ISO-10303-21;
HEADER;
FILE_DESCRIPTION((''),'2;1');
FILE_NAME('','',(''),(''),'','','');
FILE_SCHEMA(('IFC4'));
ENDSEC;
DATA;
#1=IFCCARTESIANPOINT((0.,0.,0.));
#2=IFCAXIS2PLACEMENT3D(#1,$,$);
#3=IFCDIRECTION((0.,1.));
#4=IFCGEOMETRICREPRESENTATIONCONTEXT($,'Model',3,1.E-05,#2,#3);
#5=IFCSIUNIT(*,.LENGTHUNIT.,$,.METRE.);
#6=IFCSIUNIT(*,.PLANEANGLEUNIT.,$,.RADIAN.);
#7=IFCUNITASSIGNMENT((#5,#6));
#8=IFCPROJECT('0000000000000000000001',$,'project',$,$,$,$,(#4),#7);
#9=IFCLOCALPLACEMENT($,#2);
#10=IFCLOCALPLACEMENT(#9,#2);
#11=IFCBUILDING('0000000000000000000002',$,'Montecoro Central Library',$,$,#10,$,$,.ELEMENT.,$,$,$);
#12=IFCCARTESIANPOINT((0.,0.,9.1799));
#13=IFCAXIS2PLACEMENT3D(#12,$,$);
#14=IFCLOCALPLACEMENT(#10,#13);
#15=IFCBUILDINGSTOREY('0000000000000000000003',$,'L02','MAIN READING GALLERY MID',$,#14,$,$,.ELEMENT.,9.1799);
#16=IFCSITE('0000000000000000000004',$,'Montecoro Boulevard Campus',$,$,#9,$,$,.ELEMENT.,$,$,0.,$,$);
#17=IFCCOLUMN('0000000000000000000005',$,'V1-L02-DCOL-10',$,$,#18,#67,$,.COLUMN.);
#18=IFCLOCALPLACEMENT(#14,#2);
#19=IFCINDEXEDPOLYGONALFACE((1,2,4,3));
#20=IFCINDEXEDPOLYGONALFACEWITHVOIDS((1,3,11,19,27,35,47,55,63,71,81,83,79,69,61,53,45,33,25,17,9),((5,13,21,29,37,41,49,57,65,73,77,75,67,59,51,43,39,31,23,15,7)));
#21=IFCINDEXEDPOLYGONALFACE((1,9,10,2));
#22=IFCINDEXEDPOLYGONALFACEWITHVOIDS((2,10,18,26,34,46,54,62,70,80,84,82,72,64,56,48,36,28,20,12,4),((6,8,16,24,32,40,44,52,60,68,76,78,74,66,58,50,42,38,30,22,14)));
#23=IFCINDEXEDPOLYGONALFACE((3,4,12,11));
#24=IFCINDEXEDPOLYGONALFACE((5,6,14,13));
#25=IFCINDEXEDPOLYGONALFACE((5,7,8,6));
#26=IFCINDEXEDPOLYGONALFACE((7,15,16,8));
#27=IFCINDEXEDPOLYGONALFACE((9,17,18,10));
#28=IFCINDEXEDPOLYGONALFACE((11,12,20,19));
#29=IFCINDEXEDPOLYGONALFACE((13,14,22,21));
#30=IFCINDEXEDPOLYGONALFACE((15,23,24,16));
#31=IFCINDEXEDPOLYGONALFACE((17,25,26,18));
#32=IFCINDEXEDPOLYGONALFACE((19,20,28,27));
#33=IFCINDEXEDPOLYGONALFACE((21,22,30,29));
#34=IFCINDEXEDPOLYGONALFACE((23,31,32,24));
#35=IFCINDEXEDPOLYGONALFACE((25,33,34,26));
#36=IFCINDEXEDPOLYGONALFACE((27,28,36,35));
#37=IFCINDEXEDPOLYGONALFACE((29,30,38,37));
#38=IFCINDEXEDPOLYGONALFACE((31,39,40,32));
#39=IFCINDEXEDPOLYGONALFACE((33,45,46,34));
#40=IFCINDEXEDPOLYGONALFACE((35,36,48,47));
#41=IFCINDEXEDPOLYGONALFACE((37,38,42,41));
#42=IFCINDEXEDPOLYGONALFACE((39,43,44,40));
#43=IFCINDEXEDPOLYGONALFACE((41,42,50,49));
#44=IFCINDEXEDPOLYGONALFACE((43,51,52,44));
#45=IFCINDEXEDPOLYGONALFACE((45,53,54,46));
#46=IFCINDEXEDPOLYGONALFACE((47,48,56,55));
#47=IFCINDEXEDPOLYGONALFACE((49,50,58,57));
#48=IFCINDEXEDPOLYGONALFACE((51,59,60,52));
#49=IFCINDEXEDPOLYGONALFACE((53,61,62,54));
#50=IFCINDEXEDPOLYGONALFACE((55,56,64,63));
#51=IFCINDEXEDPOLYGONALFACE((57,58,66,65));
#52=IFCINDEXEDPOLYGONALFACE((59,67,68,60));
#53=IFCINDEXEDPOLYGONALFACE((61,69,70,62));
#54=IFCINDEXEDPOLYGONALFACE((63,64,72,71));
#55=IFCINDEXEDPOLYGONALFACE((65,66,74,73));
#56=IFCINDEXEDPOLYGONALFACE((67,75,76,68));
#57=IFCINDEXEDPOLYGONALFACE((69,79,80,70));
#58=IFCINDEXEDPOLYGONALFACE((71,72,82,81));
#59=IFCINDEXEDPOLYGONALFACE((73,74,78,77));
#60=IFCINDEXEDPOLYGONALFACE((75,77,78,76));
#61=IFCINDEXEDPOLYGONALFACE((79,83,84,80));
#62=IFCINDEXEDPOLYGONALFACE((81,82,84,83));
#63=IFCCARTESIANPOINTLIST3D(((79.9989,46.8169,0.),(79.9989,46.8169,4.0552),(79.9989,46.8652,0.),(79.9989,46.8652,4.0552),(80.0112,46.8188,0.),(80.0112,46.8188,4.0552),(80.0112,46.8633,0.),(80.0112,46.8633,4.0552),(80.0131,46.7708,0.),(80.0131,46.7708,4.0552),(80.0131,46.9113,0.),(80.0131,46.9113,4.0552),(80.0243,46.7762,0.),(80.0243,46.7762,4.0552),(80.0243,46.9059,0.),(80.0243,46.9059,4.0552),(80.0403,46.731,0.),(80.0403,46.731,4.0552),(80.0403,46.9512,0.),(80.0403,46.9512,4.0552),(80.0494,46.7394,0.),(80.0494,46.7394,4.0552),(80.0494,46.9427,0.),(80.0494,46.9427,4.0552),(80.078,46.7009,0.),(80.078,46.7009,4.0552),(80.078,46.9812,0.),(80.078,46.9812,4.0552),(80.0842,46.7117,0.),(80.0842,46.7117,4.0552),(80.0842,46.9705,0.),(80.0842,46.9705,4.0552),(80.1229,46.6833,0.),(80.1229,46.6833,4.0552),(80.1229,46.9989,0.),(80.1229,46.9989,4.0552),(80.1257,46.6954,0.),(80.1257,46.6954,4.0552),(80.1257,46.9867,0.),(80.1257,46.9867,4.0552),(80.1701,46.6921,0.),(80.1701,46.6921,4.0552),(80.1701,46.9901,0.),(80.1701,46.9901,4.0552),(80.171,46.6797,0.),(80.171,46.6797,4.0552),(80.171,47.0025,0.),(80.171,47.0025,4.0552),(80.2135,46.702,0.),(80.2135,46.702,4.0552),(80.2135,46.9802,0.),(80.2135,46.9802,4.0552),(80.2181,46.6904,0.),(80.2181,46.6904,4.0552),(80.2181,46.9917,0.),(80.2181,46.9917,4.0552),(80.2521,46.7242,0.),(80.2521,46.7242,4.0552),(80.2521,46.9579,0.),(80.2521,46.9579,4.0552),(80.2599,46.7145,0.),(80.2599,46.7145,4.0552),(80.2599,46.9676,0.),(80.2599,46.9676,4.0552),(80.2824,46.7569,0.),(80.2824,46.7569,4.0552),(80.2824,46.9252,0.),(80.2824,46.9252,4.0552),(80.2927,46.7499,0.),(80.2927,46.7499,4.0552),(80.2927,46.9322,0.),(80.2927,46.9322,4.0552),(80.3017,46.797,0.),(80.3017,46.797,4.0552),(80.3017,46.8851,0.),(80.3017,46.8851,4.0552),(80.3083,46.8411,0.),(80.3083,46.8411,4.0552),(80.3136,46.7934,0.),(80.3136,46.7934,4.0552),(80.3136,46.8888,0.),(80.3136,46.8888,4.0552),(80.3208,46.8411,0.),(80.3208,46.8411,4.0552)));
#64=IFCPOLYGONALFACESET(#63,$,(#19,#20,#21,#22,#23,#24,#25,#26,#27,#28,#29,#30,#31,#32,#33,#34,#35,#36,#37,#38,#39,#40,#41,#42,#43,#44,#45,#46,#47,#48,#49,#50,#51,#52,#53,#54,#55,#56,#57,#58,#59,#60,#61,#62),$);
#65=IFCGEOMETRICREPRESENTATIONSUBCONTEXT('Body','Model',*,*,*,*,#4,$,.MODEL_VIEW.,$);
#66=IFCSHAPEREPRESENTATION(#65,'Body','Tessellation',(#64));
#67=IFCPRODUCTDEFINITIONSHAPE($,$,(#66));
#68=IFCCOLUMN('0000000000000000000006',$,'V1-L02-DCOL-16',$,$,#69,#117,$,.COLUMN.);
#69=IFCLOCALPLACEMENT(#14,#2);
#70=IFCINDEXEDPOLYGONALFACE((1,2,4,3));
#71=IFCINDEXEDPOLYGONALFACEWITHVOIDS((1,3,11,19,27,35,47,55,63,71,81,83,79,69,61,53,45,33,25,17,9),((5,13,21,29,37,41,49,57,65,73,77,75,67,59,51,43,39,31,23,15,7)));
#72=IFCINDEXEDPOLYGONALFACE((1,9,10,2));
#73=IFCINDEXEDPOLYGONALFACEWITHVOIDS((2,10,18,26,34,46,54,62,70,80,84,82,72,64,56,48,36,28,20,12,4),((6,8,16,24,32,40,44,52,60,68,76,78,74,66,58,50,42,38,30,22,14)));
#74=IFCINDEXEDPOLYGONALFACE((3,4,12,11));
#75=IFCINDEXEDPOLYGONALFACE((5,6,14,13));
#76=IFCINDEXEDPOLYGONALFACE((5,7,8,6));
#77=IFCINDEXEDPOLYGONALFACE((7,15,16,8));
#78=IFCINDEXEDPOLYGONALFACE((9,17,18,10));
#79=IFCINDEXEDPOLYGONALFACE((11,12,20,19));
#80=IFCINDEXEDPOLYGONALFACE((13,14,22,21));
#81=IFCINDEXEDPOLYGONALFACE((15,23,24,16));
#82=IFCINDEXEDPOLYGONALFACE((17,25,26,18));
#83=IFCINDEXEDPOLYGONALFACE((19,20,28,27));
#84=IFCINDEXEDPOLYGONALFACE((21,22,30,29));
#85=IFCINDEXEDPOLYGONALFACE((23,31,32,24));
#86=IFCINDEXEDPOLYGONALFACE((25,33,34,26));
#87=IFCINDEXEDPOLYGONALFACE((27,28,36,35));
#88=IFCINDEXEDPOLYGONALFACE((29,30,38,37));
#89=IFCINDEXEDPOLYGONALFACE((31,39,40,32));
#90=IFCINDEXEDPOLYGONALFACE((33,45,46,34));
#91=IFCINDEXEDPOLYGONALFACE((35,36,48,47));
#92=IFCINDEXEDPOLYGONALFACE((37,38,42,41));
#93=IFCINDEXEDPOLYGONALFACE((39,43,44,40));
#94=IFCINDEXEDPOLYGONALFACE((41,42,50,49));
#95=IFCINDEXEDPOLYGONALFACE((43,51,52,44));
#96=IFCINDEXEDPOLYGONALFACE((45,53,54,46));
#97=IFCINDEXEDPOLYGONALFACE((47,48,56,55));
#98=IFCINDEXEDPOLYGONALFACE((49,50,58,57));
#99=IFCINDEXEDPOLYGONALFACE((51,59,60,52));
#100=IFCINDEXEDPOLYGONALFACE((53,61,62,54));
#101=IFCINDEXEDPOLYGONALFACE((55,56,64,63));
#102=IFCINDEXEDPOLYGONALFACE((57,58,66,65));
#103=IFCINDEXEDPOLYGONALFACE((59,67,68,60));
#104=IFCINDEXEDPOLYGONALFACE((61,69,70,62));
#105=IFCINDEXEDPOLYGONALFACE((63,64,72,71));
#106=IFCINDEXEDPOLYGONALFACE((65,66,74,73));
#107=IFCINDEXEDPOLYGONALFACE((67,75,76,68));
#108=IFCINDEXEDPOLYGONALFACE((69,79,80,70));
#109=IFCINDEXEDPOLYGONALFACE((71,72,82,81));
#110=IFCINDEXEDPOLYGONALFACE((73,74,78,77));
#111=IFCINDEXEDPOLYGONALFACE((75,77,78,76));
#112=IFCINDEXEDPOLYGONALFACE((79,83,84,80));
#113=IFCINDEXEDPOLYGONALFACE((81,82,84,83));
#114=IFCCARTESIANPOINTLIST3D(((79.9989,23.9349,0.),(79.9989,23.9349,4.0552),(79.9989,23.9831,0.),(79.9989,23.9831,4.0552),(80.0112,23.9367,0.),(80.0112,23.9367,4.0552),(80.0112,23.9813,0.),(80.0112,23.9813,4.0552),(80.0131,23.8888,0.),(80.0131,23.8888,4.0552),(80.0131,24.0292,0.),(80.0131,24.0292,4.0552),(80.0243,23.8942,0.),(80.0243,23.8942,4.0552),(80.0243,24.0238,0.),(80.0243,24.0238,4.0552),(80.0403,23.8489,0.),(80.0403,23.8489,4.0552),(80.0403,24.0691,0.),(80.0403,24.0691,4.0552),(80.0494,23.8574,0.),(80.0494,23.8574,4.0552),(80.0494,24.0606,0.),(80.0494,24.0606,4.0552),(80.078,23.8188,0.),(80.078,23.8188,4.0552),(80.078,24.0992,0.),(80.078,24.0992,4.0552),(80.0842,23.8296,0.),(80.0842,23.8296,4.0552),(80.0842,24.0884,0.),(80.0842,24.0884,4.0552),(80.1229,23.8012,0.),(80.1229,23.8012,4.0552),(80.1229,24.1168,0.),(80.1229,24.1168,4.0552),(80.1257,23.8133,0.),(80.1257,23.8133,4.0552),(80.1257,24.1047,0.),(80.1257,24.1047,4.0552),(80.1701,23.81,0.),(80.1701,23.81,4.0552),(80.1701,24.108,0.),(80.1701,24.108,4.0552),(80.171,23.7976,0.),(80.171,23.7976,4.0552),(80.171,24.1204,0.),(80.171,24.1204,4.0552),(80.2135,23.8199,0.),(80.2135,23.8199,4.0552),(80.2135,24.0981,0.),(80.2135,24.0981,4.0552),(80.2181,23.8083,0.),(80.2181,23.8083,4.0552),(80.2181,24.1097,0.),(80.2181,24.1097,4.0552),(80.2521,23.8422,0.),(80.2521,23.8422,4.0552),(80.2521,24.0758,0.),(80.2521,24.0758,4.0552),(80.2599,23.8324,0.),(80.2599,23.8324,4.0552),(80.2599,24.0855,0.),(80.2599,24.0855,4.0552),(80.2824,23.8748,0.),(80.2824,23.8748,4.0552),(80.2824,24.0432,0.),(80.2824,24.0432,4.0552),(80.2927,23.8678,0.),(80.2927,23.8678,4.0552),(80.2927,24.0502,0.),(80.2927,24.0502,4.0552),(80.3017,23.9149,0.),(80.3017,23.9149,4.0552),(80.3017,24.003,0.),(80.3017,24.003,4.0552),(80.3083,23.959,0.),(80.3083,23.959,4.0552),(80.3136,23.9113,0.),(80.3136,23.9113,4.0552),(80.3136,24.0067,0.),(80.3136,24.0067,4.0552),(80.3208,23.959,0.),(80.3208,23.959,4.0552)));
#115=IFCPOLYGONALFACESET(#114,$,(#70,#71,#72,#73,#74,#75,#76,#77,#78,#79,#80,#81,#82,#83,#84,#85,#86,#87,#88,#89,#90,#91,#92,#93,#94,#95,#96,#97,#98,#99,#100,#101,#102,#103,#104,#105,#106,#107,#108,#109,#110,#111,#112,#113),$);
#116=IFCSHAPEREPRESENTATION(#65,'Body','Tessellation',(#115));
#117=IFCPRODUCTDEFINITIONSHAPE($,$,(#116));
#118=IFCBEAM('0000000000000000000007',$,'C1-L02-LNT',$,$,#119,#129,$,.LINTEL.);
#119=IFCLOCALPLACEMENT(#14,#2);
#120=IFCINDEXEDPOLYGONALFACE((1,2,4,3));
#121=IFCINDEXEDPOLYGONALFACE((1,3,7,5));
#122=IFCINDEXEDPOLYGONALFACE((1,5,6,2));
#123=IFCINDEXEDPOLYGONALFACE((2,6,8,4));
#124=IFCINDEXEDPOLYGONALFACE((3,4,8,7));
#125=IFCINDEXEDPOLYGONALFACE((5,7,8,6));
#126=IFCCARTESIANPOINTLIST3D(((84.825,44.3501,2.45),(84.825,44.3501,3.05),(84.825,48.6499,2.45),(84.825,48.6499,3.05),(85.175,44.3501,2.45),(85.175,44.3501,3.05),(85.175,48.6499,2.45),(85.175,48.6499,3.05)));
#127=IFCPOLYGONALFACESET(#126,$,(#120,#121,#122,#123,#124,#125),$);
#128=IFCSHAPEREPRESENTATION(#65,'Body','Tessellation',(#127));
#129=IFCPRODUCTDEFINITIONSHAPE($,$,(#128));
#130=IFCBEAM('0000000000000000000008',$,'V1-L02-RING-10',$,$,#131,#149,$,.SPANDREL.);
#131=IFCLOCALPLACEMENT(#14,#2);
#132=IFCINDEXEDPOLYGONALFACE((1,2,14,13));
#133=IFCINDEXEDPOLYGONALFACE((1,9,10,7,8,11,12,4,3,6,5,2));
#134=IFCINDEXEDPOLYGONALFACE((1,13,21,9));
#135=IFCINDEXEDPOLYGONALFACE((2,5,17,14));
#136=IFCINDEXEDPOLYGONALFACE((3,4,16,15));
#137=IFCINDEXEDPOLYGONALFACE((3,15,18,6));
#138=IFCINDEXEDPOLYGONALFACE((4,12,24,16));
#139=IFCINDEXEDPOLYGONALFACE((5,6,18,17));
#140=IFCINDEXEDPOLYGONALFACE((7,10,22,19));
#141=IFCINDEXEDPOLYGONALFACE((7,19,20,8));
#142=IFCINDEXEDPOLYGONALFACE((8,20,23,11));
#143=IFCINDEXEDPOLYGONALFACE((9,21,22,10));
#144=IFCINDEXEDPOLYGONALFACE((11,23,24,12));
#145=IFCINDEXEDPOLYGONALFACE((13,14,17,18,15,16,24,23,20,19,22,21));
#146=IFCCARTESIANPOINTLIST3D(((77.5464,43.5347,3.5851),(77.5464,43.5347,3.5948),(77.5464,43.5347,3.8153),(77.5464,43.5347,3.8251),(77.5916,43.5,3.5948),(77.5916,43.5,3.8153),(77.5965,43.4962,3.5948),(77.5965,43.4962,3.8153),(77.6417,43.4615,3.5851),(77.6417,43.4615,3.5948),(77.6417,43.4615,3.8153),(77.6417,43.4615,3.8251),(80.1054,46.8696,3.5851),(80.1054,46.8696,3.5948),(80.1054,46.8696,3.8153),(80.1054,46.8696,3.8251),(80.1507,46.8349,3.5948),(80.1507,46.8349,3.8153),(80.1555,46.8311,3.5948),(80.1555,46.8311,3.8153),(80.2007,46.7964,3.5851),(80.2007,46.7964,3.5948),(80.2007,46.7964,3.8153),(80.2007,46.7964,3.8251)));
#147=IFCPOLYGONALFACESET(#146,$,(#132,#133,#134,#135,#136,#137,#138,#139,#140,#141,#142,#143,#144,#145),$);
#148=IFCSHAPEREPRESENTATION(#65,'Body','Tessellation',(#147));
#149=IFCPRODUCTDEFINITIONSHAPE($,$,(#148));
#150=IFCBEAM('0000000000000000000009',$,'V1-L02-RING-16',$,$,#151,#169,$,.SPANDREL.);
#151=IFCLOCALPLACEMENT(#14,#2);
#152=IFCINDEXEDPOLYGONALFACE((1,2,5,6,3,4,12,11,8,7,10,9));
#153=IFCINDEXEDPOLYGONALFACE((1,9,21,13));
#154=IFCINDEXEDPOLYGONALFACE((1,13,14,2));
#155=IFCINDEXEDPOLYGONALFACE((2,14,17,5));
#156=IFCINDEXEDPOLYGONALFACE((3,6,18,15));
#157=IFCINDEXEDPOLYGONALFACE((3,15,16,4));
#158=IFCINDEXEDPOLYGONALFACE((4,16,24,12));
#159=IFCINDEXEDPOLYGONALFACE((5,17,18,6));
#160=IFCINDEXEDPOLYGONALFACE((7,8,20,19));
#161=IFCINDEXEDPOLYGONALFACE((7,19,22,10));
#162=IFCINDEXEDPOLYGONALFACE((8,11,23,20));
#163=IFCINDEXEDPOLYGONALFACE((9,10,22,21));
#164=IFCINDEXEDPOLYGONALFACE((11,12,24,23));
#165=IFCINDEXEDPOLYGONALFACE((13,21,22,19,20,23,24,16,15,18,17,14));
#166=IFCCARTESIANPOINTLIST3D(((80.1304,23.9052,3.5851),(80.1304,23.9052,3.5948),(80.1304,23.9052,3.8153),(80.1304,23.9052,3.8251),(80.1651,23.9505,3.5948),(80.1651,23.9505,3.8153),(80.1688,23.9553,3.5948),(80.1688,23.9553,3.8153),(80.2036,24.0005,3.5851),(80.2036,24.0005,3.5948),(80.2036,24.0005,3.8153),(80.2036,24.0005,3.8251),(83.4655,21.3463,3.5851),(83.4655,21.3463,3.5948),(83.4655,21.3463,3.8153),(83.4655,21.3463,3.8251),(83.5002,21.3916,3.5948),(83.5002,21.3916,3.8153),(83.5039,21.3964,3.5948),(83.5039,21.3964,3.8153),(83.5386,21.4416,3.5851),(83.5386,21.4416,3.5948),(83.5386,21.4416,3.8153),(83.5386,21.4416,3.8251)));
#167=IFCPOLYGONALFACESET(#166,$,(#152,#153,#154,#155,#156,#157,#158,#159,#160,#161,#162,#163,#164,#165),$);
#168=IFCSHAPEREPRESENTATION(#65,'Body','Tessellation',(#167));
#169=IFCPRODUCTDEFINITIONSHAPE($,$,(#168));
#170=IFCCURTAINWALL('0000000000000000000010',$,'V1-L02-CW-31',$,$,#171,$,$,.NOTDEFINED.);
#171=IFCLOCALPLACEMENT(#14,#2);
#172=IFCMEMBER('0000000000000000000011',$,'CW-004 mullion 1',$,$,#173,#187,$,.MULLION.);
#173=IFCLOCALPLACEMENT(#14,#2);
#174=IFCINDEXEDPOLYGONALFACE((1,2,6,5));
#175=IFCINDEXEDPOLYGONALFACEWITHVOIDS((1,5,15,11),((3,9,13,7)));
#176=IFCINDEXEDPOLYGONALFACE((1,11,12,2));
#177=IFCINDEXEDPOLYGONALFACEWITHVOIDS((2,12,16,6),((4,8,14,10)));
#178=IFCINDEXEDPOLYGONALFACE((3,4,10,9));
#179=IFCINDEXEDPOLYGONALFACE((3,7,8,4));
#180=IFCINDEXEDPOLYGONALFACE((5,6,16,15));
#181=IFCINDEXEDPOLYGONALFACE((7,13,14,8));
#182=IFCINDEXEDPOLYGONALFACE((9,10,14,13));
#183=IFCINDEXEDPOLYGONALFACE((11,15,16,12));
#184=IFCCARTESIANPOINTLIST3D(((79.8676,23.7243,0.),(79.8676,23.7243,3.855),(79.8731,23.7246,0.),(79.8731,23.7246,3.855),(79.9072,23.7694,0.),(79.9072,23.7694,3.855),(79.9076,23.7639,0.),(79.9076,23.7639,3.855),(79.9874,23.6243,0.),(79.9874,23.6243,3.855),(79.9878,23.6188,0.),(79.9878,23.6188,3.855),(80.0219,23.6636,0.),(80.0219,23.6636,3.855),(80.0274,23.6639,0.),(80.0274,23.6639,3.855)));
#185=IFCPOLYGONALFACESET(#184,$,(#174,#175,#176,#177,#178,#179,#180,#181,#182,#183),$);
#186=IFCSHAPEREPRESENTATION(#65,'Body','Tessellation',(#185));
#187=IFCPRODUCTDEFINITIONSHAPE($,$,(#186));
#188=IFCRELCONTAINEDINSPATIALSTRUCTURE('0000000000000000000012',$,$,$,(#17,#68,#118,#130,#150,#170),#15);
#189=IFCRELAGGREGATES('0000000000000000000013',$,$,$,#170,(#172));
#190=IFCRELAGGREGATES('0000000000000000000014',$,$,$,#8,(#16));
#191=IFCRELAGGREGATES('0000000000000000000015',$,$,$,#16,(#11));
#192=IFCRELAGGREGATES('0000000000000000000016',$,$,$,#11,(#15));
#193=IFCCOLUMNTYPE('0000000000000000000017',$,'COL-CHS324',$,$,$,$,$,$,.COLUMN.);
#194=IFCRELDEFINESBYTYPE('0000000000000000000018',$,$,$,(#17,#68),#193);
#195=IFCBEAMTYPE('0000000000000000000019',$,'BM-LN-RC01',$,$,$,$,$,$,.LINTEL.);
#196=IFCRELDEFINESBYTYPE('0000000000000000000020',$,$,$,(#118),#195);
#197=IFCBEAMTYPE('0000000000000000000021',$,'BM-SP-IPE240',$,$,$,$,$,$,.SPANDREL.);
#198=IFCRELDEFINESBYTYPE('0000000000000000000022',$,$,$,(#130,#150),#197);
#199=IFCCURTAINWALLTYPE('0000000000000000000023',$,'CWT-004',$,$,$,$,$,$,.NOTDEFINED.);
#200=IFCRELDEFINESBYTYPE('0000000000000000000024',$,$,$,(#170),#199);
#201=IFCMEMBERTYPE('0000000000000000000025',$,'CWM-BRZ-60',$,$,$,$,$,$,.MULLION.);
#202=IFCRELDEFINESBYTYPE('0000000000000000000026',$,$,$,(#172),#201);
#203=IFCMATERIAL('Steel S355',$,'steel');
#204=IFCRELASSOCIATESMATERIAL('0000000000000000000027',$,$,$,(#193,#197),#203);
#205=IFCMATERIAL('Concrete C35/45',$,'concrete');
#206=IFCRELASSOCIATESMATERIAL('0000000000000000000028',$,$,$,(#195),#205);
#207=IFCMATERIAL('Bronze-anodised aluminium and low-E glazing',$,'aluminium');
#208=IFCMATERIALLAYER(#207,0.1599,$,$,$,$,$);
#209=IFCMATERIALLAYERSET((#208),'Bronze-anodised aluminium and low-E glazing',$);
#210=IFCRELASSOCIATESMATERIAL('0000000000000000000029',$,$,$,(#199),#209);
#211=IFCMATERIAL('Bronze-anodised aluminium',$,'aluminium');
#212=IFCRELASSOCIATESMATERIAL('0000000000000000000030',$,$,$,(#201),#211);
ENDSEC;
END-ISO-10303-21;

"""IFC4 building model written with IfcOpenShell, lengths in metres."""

from ifc_helpers import new_model, si_unit, direction, frame, origin, origin_2d, place, context, subcontext, project, spatial, rectangle, hollow_rectangle, hollow_circle, i_section, extrude, material, layer, layer_set, material_profile, profile_set, type_object, element, aggregate, save


model = new_model("IFC4")

# Units and contexts
model_context = context("Model", 3, precision=1e-05, world=origin(), true_north=direction((0.0, 1.0)))
body_context = subcontext(model_context, "Body", "Model", "MODEL_VIEW")
ifc_project = project(units=[si_unit("LENGTHUNIT", "METRE"), si_unit("PLANEANGLEUNIT", "RADIAN")], contexts=[model_context])

# Site, building, storey
site_placement = place(None, origin())
site = spatial("IfcSite", under=ifc_project, at=site_placement, Name="Montecoro Boulevard Campus", CompositionType="ELEMENT", RefElevation=0.0)
building_placement = place(site_placement, origin())
building = spatial("IfcBuilding", under=site, at=building_placement, Name="Montecoro Central Library", CompositionType="ELEMENT")
storey_placement = place(building_placement, frame((0.0, 0.0, 9.1799)))
storey = spatial("IfcBuildingStorey", under=building, at=storey_placement, Name="L02", Description="MAIN READING GALLERY MID", CompositionType="ELEMENT", Elevation=9.1799)

# Columns
ifc_material_1 = material(Name="Steel S355", Category="steel")
ifc_material_profile_1 = material_profile(ifc_material_1, hollow_circle(Radius=0.1619, WallThickness=0.0125, at=origin_2d()), Name="CHS 323.9x12.5")
ifc_profile_set_1 = profile_set([ifc_material_profile_1], Name="Steel S355")
column_type = type_object("IfcColumnType", Name="COL-CHS324", PredefinedType="COLUMN", material=ifc_profile_set_1)
for number, where, z_axis, x_axis, name in (
    (1, (80.1589, 46.8411, 0.0), (0.0, 0.0, 1.0), (1.0, 0.0, 0.0), "V1-L02-DCOL-10"),
    (2, (80.1589, 23.959, 0.0), (0.0, 0.0, 1.0), (1.0, 0.0, 0.0), "V1-L02-DCOL-16"),
):
    element("IfcColumn", number, at=place(storey_placement, frame(where, z_axis=z_axis, x_axis=x_axis)), inside=storey, type_object=column_type, Name=name, PredefinedType="COLUMN", context=body_context, shape_type="SweptSolid", body=[
        extrude(hollow_circle(Radius=0.1619, WallThickness=0.0125, at=origin_2d()), origin(), (0.0, 0.0, 1.0), 4.0552),
    ])

# Beams
ifc_material_2 = material(Name="Concrete C35/45", Category="concrete")
ifc_material_profile_2 = material_profile(ifc_material_2, rectangle(XDim=0.3501, YDim=0.6001, at=origin_2d()), Name="RC LNT 600x350")
ifc_profile_set_2 = profile_set([ifc_material_profile_2], Name="Concrete C35/45")
beam_type_1 = type_object("IfcBeamType", Name="BM-LN-RC01", PredefinedType="LINTEL", material=ifc_profile_set_2)
beam_placement = place(storey_placement, frame((85.0, 44.3501, 2.75), z_axis=(0.0, 1.0, 0.0), x_axis=(-1.0, 0.0, 0.0)))
element("IfcBeam", 3, at=beam_placement, inside=storey, type_object=beam_type_1, Name="C1-L02-LNT", PredefinedType="LINTEL", context=body_context, shape_type="SweptSolid", body=[
    extrude(rectangle(XDim=0.3501, YDim=0.6001, at=origin_2d()), origin(), (0.0, 0.0, 1.0), 4.2998),
])
ifc_material_profile_3 = material_profile(ifc_material_1, i_section(OverallWidth=0.1201, OverallDepth=0.24, WebThickness=0.0061, FlangeThickness=0.0098, at=origin_2d()), Name="IPE 240")
ifc_profile_set_3 = profile_set([ifc_material_profile_3], Name="Steel S355")
beam_type_2 = type_object("IfcBeamType", Name="BM-SP-IPE240", PredefinedType="SPANDREL", material=ifc_profile_set_3)
for number, where, z_axis, x_axis, name in (
    (4, (80.1531, 46.833, 3.7051), (-0.608773, -0.793345, 0.0), (0.793345, -0.608773, 0.0), "V1-L02-RING-10"),
    (5, (80.167, 23.9529, 3.7051), (0.793373, -0.608736, 0.0), (0.608736, 0.793373, 0.0), "V1-L02-RING-16"),
):
    element("IfcBeam", number, at=place(storey_placement, frame(where, z_axis=z_axis, x_axis=x_axis)), inside=storey, type_object=beam_type_2, Name=name, PredefinedType="SPANDREL", context=body_context, shape_type="SweptSolid", body=[
        extrude(i_section(OverallWidth=0.1201, OverallDepth=0.24, WebThickness=0.0061, FlangeThickness=0.0098, at=origin_2d()), origin(), (0.0, 0.0, 1.0), 4.2036),
    ])

# Curtain wall, member
ifc_material_3 = material(Name="Bronze-anodised aluminium and low-E glazing", Category="aluminium")
ifc_layer_1 = layer(ifc_material_3, 0.1599)
ifc_layer_set_1 = layer_set([ifc_layer_1], Name="Bronze-anodised aluminium and low-E glazing")
curtain_wall_type = type_object("IfcCurtainWallType", Name="CWT-004", PredefinedType="NOTDEFINED", material=ifc_layer_set_1)
curtain_wall_1_placement = place(storey_placement, origin())
curtain_wall_1 = element("IfcCurtainWall", 6, at=curtain_wall_1_placement, inside=storey, type_object=curtain_wall_type, Name="V1-L02-CW-31", PredefinedType="NOTDEFINED")
ifc_material_4 = material(Name="Bronze-anodised aluminium", Category="aluminium")
ifc_material_profile_4 = material_profile(ifc_material_4, hollow_rectangle(XDim=0.0601, YDim=0.1599, WallThickness=0.0039, at=origin_2d()), Name="CWM 160x60x4.0")
ifc_profile_set_4 = profile_set([ifc_material_profile_4], Name="Bronze-anodised aluminium")
member_type_1 = type_object("IfcMemberType", Name="CWM-BRZ-60", PredefinedType="MULLION", material=ifc_profile_set_4)
member_1_placement = place(storey_placement, frame((79.9475, 23.6941, 0.0), z_axis=(0.0, 0.0, 1.0), x_axis=(0.659692, 0.751536, 0.0)))
member_1 = element("IfcMember", 7, at=member_1_placement, type_object=member_type_1, Name="CW-004 mullion 1", PredefinedType="MULLION", context=body_context, shape_type="SweptSolid", body=[
    extrude(hollow_rectangle(XDim=0.0601, YDim=0.1599, WallThickness=0.0039, at=origin_2d()), origin(), (0.0, 0.0, 1.0), 3.855),
])

aggregate(curtain_wall_1, [member_1])

save(model, "model.ifc")
